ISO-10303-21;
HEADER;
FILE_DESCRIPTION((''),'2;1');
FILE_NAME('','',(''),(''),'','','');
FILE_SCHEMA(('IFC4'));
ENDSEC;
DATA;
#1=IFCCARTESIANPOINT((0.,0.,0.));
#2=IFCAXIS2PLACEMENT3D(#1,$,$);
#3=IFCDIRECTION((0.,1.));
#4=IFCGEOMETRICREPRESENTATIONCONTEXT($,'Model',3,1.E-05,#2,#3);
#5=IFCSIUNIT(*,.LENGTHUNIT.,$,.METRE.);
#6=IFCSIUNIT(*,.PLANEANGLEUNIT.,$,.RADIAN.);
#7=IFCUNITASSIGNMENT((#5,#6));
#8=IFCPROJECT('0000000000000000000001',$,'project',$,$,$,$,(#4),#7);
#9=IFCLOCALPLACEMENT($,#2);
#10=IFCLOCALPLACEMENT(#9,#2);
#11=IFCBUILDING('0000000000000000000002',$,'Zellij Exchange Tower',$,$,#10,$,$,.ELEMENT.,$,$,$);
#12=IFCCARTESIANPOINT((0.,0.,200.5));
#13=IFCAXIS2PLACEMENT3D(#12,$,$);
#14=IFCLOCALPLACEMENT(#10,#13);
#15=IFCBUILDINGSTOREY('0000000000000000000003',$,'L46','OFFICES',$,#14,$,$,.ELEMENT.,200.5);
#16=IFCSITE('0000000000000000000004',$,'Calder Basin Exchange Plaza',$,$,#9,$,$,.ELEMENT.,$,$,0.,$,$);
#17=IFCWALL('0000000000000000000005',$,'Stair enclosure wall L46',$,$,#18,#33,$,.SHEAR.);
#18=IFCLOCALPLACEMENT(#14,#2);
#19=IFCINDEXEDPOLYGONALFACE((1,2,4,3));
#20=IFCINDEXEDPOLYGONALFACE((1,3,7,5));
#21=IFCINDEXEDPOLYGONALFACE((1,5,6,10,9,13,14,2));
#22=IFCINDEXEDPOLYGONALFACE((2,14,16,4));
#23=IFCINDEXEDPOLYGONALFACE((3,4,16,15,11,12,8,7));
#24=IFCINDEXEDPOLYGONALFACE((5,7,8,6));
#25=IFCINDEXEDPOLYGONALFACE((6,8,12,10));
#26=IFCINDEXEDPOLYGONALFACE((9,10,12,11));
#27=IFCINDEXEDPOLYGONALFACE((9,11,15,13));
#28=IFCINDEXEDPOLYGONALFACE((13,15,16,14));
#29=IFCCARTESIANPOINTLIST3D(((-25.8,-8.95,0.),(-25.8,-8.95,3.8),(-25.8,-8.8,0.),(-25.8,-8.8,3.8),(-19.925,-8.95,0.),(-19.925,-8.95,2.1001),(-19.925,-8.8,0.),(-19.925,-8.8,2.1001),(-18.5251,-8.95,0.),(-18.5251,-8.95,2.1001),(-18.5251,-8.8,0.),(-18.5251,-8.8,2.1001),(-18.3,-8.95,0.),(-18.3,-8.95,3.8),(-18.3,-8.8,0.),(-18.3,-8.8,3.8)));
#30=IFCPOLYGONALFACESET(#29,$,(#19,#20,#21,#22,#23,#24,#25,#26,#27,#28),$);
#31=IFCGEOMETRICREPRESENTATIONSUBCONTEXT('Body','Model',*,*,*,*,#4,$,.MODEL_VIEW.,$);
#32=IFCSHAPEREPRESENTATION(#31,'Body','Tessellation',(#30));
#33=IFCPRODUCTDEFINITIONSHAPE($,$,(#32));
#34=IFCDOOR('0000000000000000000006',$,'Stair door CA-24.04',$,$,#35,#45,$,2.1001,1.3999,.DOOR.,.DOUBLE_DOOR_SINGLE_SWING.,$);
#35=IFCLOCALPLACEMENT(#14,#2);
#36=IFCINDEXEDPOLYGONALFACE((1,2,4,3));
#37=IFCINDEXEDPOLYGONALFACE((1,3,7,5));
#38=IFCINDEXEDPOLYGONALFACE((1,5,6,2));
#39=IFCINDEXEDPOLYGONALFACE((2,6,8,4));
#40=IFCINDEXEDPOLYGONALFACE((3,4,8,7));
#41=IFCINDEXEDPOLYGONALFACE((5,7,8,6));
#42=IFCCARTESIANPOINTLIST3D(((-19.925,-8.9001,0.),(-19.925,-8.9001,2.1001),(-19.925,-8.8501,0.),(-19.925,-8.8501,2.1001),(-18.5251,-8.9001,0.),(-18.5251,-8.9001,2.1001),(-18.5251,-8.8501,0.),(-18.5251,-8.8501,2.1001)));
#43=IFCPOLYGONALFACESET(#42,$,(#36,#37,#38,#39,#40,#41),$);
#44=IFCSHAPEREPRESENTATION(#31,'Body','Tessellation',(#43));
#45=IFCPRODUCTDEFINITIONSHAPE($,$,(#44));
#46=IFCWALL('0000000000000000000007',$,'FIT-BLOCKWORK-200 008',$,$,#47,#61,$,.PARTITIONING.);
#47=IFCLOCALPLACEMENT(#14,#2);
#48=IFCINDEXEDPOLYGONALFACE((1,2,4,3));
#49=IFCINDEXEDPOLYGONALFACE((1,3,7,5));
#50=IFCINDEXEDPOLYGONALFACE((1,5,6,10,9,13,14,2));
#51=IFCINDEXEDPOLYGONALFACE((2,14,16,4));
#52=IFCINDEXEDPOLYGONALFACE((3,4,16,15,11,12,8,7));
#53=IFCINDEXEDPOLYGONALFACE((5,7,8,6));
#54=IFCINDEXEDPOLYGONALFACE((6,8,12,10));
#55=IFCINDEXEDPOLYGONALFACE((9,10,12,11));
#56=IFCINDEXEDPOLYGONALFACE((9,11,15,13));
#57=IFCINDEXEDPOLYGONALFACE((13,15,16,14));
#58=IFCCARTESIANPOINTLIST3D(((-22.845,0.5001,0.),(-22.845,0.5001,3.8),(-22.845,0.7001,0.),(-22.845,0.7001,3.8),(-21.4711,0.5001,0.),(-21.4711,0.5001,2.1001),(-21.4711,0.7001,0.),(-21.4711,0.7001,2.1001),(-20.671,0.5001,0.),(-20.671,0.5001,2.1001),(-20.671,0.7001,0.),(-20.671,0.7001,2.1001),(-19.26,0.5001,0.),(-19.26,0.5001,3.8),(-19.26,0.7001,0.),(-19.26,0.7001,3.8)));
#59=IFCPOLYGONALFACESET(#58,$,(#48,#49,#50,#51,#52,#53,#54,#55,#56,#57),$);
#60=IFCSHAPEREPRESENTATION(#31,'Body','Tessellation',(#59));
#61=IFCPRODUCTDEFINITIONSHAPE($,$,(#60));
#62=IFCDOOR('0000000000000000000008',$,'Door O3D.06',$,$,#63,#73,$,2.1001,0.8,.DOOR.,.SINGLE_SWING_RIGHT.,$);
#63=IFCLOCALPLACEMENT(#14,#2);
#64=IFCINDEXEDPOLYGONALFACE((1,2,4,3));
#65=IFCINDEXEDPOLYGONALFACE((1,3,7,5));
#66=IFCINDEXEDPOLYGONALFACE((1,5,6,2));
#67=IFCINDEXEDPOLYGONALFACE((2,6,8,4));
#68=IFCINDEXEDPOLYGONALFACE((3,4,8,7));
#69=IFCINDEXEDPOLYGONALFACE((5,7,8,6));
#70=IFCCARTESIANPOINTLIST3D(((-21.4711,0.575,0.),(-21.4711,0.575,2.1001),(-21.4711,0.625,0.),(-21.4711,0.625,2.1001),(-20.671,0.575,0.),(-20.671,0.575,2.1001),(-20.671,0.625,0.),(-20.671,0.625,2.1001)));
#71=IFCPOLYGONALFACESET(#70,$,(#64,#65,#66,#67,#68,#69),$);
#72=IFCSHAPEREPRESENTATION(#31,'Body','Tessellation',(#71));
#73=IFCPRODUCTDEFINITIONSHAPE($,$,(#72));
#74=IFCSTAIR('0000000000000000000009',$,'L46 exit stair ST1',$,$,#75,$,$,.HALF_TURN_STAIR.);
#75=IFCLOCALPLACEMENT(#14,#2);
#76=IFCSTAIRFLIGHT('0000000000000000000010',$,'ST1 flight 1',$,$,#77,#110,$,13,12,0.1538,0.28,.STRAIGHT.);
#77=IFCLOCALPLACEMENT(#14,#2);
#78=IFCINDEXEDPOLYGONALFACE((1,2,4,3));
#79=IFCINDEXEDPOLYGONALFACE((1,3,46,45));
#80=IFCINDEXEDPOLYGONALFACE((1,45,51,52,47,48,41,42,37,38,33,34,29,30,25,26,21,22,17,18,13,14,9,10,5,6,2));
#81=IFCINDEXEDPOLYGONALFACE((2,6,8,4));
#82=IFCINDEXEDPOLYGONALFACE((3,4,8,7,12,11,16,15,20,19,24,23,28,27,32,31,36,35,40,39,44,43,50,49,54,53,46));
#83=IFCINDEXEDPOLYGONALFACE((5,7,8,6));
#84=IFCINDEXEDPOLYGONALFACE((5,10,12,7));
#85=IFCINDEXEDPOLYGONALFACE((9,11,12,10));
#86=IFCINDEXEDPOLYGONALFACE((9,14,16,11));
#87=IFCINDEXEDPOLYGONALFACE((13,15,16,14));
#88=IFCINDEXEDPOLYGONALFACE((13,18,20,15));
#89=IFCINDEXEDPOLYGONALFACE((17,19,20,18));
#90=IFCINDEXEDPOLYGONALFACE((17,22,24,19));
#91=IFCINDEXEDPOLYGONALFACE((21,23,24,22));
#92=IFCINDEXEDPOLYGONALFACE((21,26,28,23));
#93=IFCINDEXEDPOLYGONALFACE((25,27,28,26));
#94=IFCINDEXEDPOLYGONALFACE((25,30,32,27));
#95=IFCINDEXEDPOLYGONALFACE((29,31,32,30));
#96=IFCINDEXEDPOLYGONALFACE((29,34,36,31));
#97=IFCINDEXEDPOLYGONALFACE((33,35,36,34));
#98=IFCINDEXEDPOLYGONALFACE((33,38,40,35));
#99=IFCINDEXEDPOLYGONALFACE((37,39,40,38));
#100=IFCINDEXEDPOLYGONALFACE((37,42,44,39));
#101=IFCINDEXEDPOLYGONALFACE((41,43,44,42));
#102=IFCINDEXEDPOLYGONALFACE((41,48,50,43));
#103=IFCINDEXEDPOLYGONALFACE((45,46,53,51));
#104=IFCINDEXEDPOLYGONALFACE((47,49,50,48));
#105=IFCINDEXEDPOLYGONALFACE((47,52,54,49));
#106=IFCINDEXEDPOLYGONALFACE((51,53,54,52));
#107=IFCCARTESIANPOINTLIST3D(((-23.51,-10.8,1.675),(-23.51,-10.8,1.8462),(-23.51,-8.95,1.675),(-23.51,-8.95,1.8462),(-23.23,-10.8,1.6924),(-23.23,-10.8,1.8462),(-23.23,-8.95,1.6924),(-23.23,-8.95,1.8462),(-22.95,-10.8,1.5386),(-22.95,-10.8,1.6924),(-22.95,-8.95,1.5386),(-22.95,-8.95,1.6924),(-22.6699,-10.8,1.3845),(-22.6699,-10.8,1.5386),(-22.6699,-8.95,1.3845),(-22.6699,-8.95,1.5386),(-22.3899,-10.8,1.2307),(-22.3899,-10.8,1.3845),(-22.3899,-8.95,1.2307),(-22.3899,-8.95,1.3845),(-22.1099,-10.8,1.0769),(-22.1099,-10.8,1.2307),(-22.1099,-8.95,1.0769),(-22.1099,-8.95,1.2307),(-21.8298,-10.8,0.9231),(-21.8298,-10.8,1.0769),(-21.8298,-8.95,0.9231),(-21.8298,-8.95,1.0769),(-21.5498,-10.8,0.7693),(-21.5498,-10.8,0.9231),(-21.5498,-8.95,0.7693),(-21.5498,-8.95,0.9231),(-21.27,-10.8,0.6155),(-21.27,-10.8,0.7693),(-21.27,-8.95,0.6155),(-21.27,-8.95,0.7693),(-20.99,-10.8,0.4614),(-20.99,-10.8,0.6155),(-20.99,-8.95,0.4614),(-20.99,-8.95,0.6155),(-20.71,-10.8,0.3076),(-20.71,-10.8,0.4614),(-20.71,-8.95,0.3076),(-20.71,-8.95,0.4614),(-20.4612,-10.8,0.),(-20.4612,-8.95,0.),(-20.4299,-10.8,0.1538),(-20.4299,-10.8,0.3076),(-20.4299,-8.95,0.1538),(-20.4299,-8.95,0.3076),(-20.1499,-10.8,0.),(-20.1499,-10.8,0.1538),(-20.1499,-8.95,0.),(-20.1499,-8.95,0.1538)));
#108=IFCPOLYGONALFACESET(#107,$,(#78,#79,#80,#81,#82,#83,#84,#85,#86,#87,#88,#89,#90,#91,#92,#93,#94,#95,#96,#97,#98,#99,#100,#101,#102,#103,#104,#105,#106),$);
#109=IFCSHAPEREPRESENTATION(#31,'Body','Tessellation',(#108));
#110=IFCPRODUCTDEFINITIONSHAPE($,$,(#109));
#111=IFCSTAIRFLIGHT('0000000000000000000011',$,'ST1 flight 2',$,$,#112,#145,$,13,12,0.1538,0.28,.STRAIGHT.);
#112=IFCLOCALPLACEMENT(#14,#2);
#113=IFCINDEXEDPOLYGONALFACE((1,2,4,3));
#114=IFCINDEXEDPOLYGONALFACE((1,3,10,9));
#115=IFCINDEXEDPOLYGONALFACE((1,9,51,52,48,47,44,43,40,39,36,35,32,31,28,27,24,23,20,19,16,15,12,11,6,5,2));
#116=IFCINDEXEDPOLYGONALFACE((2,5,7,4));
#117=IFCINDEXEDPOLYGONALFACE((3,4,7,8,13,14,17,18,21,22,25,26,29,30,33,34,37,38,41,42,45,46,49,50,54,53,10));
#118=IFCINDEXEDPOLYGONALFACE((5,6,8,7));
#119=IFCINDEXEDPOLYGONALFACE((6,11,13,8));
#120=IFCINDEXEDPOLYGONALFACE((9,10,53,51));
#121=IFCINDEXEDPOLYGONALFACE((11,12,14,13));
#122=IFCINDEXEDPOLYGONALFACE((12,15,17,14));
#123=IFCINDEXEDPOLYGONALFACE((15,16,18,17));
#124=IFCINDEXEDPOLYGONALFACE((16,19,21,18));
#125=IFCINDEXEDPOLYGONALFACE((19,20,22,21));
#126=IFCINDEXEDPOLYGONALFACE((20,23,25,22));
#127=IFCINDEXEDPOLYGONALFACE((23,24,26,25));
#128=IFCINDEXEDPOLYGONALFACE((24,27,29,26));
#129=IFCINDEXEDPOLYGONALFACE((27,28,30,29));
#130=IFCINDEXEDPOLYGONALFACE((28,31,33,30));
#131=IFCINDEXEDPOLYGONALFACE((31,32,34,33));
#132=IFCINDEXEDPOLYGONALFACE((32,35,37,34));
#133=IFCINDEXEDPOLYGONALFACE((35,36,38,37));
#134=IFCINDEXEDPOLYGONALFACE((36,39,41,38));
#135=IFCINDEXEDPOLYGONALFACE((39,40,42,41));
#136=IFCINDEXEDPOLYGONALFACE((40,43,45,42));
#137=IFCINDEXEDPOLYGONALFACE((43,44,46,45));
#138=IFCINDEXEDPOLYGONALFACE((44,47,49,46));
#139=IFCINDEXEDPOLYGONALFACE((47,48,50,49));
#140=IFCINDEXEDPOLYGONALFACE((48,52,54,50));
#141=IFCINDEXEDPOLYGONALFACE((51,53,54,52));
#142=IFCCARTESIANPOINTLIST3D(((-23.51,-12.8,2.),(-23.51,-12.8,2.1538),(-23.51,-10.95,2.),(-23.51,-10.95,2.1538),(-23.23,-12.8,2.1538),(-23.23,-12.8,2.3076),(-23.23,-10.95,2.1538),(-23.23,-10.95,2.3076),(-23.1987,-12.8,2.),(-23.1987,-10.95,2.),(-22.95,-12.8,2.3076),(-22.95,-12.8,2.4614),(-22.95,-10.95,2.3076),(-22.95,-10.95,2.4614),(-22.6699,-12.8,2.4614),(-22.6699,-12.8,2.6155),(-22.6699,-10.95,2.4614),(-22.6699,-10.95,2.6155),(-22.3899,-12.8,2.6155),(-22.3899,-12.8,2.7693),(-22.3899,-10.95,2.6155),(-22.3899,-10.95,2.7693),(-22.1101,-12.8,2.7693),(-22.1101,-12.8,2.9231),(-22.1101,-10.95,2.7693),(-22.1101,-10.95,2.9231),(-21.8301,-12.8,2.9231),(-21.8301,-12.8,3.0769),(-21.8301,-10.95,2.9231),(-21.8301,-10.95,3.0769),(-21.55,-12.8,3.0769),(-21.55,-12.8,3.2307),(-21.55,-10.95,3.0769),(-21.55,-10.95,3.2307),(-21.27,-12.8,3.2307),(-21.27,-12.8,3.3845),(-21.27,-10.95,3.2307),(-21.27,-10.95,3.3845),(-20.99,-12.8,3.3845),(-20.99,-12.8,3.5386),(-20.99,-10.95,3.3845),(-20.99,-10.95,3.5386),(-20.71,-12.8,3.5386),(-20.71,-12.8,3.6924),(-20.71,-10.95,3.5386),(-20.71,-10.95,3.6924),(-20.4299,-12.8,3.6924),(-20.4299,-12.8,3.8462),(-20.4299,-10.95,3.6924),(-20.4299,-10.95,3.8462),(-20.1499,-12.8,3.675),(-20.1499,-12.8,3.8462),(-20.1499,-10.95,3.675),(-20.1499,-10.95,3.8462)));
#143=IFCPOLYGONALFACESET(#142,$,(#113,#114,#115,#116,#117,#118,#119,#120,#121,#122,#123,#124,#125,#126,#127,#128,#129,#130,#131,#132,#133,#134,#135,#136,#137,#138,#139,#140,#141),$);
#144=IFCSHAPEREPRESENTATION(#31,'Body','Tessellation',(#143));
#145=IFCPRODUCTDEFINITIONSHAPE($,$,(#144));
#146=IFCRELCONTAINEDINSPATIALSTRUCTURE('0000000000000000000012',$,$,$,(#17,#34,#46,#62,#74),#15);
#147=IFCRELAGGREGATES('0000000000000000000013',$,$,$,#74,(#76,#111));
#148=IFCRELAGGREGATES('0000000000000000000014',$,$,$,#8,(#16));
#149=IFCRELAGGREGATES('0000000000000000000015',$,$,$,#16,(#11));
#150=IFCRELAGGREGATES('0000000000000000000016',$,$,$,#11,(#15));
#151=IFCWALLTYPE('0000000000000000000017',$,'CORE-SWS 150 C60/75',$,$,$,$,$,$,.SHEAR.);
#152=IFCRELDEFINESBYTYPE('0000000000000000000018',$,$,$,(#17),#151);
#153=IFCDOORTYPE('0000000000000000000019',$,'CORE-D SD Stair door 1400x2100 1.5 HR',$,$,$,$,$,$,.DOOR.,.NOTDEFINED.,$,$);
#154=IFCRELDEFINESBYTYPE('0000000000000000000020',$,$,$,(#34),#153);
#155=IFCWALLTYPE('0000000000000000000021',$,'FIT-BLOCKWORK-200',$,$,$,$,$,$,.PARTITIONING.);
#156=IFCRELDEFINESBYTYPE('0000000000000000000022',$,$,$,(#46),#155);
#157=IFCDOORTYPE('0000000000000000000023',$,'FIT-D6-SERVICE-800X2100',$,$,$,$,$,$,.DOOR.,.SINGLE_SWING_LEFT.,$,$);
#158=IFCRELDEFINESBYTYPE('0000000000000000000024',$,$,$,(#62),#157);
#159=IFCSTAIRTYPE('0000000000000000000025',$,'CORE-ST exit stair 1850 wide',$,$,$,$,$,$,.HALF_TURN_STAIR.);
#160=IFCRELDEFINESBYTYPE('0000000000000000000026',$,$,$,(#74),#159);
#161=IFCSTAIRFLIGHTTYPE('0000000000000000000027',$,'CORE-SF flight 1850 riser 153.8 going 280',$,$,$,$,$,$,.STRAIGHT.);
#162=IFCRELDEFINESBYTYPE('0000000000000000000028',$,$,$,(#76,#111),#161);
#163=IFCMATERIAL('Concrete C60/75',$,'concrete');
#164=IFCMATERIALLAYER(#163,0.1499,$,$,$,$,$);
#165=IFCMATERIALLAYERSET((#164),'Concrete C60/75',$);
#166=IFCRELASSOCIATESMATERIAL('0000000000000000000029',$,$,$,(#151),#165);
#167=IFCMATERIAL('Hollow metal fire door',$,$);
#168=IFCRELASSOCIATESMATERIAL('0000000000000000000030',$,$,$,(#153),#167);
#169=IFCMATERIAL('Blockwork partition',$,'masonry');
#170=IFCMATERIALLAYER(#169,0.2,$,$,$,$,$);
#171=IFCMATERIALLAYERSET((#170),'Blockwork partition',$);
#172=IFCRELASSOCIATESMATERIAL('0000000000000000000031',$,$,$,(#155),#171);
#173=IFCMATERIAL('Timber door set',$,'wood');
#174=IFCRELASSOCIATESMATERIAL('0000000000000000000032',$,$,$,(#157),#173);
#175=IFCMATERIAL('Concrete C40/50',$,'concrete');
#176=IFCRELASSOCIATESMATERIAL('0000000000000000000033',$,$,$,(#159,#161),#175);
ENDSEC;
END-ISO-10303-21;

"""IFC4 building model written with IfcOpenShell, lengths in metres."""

from ifc_helpers import new_model, si_unit, direction, frame, frame_2d, origin, place, context, subcontext, project, spatial, polyline, rectangle, outline, extrude, material, layer, layer_set, type_object, element, fill, aggregate, save


model = new_model("IFC4")

# Units and contexts
model_context = context("Model", 3, precision=1e-05, world=origin(), true_north=direction((0.0, 1.0)))
body_context = subcontext(model_context, "Body", "Model", "MODEL_VIEW")
ifc_project = project(units=[si_unit("LENGTHUNIT", "METRE"), si_unit("PLANEANGLEUNIT", "RADIAN")], contexts=[model_context])

# Site, building, storey
site_placement = place(None, origin())
site = spatial("IfcSite", under=ifc_project, at=site_placement, Name="Calder Basin Exchange Plaza", CompositionType="ELEMENT", RefElevation=0.0)
building_placement = place(site_placement, origin())
building = spatial("IfcBuilding", under=site, at=building_placement, Name="Zellij Exchange Tower", CompositionType="ELEMENT")
storey_placement = place(building_placement, frame((0.0, 0.0, 200.5)))
storey = spatial("IfcBuildingStorey", under=building, at=storey_placement, Name="L46", Description="OFFICES", CompositionType="ELEMENT", Elevation=200.5)

# Shared definitions
ifc_material_1 = material(Name="Concrete C60/75", Category="concrete")

# Shared definitions
ifc_material_2 = material(Name="Hollow metal fire door")

# Walls, openings, doors
ifc_layer_1 = layer(ifc_material_1, 0.1499)
ifc_layer_set_1 = layer_set([ifc_layer_1], Name="Concrete C60/75")
wall_type_1 = type_object("IfcWallType", Name="CORE-SWS 150 C60/75", PredefinedType="SHEAR", material=ifc_layer_set_1)
wall_1_placement = place(storey_placement, frame((-25.8, -8.875, 0.0), z_axis=(0.0, 0.0, 1.0), x_axis=(1.0, 0.0, 0.0)))
wall_1 = element("IfcWall", 1, at=wall_1_placement, inside=storey, type_object=wall_type_1, Name="Stair enclosure wall L46", PredefinedType="SHEAR", context=body_context, shape_type="SweptSolid", body=[
    extrude(rectangle(XDim=7.5, YDim=0.1499, at=frame_2d((3.75, 0.0))), origin(), (0.0, 0.0, 1.0), 3.8),
])
opening_1_placement = place(wall_1_placement, frame((5.875, 0.0, 0.0)))
opening_1 = element("IfcOpeningElement", 2, at=opening_1_placement, cuts=wall_1, PredefinedType="OPENING", context=body_context, shape_type="SweptSolid", body=[
    extrude(rectangle(XDim=1.3999, YDim=2.1001, at=frame_2d((0.7, 1.05))), frame((0.0, 0.0869, 0.0), z_axis=(0.0, -1.0, 0.0), x_axis=(1.0, 0.0, 0.0)), (0.0, 0.0, 1.0), 0.1738),
])
door_type_1 = type_object("IfcDoorType", Name="CORE-D SD Stair door 1400x2100 1.5 HR", OperationType="NOTDEFINED", PredefinedType="DOOR", material=ifc_material_2)
door_1_placement = place(opening_1_placement, origin())
door_1 = element("IfcDoor", 3, at=door_1_placement, inside=storey, type_object=door_type_1, Name="Stair door CA-24.04", OperationType="DOUBLE_DOOR_SINGLE_SWING", OverallHeight=2.1001, OverallWidth=1.3999, PredefinedType="DOOR", context=body_context, shape_type="SweptSolid", body=[
    extrude(rectangle(XDim=1.3999, YDim=2.1001, at=frame_2d((0.7, 1.05))), frame((0.0, 0.0249, 0.0), z_axis=(0.0, -1.0, 0.0), x_axis=(1.0, 0.0, 0.0)), (0.0, 0.0, 1.0), 0.05),
])
fill(opening_1, door_1)
ifc_material_3 = material(Name="Blockwork partition", Category="masonry")
ifc_layer_2 = layer(ifc_material_3, 0.2)
ifc_layer_set_2 = layer_set([ifc_layer_2], Name="Blockwork partition")
wall_type_2 = type_object("IfcWallType", Name="FIT-BLOCKWORK-200", PredefinedType="PARTITIONING", material=ifc_layer_set_2)
wall_2_placement = place(storey_placement, frame((-22.845, 0.6001, 0.0), z_axis=(0.0, 0.0, 1.0), x_axis=(1.0, 0.0, 0.0)))
wall_2 = element("IfcWall", 4, at=wall_2_placement, inside=storey, type_object=wall_type_2, Name="FIT-BLOCKWORK-200 008", PredefinedType="PARTITIONING", context=body_context, shape_type="SweptSolid", body=[
    extrude(rectangle(XDim=3.585, YDim=0.2, at=frame_2d((1.7925, 0.0))), origin(), (0.0, 0.0, 1.0), 3.8),
])
opening_2_placement = place(wall_2_placement, frame((1.374, 0.0, 0.0)))
opening_2 = element("IfcOpeningElement", 5, at=opening_2_placement, cuts=wall_2, PredefinedType="OPENING", context=body_context, shape_type="SweptSolid", body=[
    extrude(rectangle(XDim=0.8, YDim=2.1001, at=frame_2d((0.3999, 1.05))), frame((0.0, 0.1118, 0.0), z_axis=(0.0, -1.0, 0.0), x_axis=(1.0, 0.0, 0.0)), (0.0, 0.0, 1.0), 0.2239),
])
ifc_material_4 = material(Name="Timber door set", Category="wood")
door_type_2 = type_object("IfcDoorType", Name="FIT-D6-SERVICE-800X2100", OperationType="SINGLE_SWING_LEFT", PredefinedType="DOOR", material=ifc_material_4)
door_2_placement = place(opening_2_placement, origin())
door_2 = element("IfcDoor", 6, at=door_2_placement, inside=storey, type_object=door_type_2, Name="Door O3D.06", OperationType="SINGLE_SWING_RIGHT", OverallHeight=2.1001, OverallWidth=0.8, PredefinedType="DOOR", context=body_context, shape_type="SweptSolid", body=[
    extrude(rectangle(XDim=0.8, YDim=2.1001, at=frame_2d((0.3999, 1.05))), frame((0.0, 0.0249, 0.0), z_axis=(0.0, -1.0, 0.0), x_axis=(1.0, 0.0, 0.0)), (0.0, 0.0, 1.0), 0.05),
])
fill(opening_2, door_2)

# Stair, stair flights
ifc_material_5 = material(Name="Concrete C40/50", Category="concrete")
stair_type = type_object("IfcStairType", Name="CORE-ST exit stair 1850 wide", PredefinedType="HALF_TURN_STAIR", material=ifc_material_5)
stair_placement = place(storey_placement, origin())
stair = element("IfcStair", 7, at=stair_placement, inside=storey, type_object=stair_type, Name="L46 exit stair ST1", PredefinedType="HALF_TURN_STAIR")
stair_flight_type = type_object("IfcStairFlightType", Name="CORE-SF flight 1850 riser 153.8 going 280", PredefinedType="STRAIGHT", material=ifc_material_5)
stair_flight_1_placement = place(storey_placement, frame((-20.1499, -9.875, 0.0), z_axis=(0.0, 0.0, 1.0), x_axis=(-1.0, 0.0, 0.0)))
stair_flight_1 = element("IfcStairFlight", 8, at=stair_flight_1_placement, type_object=stair_flight_type, Name="ST1 flight 1", NumberOfRisers=13, NumberOfTreads=12, PredefinedType="STRAIGHT", RiserHeight=0.1538, TreadLength=0.28, context=body_context, shape_type="SweptSolid", body=[
    extrude(outline(polyline([(0.0, 0.0), (0.0, 0.1538), (0.28, 0.1538), (0.28, 0.3076), (0.5601, 0.3076), (0.5601, 0.4614), (0.8401, 0.4614), (0.8401, 0.6155), (1.1201, 0.6155), (1.1201, 0.7693), (1.3999, 0.7693), (1.3999, 0.9231), (1.6799, 0.9231), (1.6799, 1.0769), (1.96, 1.0769), (1.96, 1.2307), (2.24, 1.2307), (2.24, 1.3845), (2.52, 1.3845), (2.52, 1.5386), (2.8, 1.5386), (2.8, 1.6924), (3.0801, 1.6924), (3.0801, 1.8462), (3.3601, 1.8462), (3.3601, 2.0), (3.3601, 1.675), (0.3113, 0.0), (0.0, 0.0)])), frame((0.0, 0.925, 0.0), z_axis=(0.0, -1.0, 0.0), x_axis=(1.0, 0.0, 0.0)), (0.0, 0.0, 1.0), 1.8501),
])
stair_flight_2_placement = place(storey_placement, frame((-23.51, -11.875, 2.0), z_axis=(0.0, 0.0, 1.0), x_axis=(1.0, 0.0, 0.0)))
stair_flight_2 = element("IfcStairFlight", 9, at=stair_flight_2_placement, type_object=stair_flight_type, Name="ST1 flight 2", NumberOfRisers=13, NumberOfTreads=12, PredefinedType="STRAIGHT", RiserHeight=0.1538, TreadLength=0.28, context=body_context, shape_type="SweptSolid", body=[
    extrude(outline(polyline([(0.0, 0.0), (0.0, 0.1538), (0.28, 0.1538), (0.28, 0.3076), (0.5601, 0.3076), (0.5601, 0.4614), (0.8401, 0.4614), (0.8401, 0.6155), (1.1201, 0.6155), (1.1201, 0.7693), (1.3999, 0.7693), (1.3999, 0.9231), (1.6799, 0.9231), (1.6799, 1.0769), (1.96, 1.0769), (1.96, 1.2307), (2.24, 1.2307), (2.24, 1.3845), (2.52, 1.3845), (2.52, 1.5386), (2.8, 1.5386), (2.8, 1.6924), (3.0801, 1.6924), (3.0801, 1.8462), (3.3601, 1.8462), (3.3601, 2.0), (3.3601, 1.675), (0.3113, 0.0), (0.0, 0.0)])), frame((0.0, 0.925, 0.0), z_axis=(0.0, -1.0, 0.0), x_axis=(1.0, 0.0, 0.0)), (0.0, 0.0, 1.0), 1.8501),
])
aggregate(stair, [stair_flight_1, stair_flight_2])

save(model, "model.ifc")
